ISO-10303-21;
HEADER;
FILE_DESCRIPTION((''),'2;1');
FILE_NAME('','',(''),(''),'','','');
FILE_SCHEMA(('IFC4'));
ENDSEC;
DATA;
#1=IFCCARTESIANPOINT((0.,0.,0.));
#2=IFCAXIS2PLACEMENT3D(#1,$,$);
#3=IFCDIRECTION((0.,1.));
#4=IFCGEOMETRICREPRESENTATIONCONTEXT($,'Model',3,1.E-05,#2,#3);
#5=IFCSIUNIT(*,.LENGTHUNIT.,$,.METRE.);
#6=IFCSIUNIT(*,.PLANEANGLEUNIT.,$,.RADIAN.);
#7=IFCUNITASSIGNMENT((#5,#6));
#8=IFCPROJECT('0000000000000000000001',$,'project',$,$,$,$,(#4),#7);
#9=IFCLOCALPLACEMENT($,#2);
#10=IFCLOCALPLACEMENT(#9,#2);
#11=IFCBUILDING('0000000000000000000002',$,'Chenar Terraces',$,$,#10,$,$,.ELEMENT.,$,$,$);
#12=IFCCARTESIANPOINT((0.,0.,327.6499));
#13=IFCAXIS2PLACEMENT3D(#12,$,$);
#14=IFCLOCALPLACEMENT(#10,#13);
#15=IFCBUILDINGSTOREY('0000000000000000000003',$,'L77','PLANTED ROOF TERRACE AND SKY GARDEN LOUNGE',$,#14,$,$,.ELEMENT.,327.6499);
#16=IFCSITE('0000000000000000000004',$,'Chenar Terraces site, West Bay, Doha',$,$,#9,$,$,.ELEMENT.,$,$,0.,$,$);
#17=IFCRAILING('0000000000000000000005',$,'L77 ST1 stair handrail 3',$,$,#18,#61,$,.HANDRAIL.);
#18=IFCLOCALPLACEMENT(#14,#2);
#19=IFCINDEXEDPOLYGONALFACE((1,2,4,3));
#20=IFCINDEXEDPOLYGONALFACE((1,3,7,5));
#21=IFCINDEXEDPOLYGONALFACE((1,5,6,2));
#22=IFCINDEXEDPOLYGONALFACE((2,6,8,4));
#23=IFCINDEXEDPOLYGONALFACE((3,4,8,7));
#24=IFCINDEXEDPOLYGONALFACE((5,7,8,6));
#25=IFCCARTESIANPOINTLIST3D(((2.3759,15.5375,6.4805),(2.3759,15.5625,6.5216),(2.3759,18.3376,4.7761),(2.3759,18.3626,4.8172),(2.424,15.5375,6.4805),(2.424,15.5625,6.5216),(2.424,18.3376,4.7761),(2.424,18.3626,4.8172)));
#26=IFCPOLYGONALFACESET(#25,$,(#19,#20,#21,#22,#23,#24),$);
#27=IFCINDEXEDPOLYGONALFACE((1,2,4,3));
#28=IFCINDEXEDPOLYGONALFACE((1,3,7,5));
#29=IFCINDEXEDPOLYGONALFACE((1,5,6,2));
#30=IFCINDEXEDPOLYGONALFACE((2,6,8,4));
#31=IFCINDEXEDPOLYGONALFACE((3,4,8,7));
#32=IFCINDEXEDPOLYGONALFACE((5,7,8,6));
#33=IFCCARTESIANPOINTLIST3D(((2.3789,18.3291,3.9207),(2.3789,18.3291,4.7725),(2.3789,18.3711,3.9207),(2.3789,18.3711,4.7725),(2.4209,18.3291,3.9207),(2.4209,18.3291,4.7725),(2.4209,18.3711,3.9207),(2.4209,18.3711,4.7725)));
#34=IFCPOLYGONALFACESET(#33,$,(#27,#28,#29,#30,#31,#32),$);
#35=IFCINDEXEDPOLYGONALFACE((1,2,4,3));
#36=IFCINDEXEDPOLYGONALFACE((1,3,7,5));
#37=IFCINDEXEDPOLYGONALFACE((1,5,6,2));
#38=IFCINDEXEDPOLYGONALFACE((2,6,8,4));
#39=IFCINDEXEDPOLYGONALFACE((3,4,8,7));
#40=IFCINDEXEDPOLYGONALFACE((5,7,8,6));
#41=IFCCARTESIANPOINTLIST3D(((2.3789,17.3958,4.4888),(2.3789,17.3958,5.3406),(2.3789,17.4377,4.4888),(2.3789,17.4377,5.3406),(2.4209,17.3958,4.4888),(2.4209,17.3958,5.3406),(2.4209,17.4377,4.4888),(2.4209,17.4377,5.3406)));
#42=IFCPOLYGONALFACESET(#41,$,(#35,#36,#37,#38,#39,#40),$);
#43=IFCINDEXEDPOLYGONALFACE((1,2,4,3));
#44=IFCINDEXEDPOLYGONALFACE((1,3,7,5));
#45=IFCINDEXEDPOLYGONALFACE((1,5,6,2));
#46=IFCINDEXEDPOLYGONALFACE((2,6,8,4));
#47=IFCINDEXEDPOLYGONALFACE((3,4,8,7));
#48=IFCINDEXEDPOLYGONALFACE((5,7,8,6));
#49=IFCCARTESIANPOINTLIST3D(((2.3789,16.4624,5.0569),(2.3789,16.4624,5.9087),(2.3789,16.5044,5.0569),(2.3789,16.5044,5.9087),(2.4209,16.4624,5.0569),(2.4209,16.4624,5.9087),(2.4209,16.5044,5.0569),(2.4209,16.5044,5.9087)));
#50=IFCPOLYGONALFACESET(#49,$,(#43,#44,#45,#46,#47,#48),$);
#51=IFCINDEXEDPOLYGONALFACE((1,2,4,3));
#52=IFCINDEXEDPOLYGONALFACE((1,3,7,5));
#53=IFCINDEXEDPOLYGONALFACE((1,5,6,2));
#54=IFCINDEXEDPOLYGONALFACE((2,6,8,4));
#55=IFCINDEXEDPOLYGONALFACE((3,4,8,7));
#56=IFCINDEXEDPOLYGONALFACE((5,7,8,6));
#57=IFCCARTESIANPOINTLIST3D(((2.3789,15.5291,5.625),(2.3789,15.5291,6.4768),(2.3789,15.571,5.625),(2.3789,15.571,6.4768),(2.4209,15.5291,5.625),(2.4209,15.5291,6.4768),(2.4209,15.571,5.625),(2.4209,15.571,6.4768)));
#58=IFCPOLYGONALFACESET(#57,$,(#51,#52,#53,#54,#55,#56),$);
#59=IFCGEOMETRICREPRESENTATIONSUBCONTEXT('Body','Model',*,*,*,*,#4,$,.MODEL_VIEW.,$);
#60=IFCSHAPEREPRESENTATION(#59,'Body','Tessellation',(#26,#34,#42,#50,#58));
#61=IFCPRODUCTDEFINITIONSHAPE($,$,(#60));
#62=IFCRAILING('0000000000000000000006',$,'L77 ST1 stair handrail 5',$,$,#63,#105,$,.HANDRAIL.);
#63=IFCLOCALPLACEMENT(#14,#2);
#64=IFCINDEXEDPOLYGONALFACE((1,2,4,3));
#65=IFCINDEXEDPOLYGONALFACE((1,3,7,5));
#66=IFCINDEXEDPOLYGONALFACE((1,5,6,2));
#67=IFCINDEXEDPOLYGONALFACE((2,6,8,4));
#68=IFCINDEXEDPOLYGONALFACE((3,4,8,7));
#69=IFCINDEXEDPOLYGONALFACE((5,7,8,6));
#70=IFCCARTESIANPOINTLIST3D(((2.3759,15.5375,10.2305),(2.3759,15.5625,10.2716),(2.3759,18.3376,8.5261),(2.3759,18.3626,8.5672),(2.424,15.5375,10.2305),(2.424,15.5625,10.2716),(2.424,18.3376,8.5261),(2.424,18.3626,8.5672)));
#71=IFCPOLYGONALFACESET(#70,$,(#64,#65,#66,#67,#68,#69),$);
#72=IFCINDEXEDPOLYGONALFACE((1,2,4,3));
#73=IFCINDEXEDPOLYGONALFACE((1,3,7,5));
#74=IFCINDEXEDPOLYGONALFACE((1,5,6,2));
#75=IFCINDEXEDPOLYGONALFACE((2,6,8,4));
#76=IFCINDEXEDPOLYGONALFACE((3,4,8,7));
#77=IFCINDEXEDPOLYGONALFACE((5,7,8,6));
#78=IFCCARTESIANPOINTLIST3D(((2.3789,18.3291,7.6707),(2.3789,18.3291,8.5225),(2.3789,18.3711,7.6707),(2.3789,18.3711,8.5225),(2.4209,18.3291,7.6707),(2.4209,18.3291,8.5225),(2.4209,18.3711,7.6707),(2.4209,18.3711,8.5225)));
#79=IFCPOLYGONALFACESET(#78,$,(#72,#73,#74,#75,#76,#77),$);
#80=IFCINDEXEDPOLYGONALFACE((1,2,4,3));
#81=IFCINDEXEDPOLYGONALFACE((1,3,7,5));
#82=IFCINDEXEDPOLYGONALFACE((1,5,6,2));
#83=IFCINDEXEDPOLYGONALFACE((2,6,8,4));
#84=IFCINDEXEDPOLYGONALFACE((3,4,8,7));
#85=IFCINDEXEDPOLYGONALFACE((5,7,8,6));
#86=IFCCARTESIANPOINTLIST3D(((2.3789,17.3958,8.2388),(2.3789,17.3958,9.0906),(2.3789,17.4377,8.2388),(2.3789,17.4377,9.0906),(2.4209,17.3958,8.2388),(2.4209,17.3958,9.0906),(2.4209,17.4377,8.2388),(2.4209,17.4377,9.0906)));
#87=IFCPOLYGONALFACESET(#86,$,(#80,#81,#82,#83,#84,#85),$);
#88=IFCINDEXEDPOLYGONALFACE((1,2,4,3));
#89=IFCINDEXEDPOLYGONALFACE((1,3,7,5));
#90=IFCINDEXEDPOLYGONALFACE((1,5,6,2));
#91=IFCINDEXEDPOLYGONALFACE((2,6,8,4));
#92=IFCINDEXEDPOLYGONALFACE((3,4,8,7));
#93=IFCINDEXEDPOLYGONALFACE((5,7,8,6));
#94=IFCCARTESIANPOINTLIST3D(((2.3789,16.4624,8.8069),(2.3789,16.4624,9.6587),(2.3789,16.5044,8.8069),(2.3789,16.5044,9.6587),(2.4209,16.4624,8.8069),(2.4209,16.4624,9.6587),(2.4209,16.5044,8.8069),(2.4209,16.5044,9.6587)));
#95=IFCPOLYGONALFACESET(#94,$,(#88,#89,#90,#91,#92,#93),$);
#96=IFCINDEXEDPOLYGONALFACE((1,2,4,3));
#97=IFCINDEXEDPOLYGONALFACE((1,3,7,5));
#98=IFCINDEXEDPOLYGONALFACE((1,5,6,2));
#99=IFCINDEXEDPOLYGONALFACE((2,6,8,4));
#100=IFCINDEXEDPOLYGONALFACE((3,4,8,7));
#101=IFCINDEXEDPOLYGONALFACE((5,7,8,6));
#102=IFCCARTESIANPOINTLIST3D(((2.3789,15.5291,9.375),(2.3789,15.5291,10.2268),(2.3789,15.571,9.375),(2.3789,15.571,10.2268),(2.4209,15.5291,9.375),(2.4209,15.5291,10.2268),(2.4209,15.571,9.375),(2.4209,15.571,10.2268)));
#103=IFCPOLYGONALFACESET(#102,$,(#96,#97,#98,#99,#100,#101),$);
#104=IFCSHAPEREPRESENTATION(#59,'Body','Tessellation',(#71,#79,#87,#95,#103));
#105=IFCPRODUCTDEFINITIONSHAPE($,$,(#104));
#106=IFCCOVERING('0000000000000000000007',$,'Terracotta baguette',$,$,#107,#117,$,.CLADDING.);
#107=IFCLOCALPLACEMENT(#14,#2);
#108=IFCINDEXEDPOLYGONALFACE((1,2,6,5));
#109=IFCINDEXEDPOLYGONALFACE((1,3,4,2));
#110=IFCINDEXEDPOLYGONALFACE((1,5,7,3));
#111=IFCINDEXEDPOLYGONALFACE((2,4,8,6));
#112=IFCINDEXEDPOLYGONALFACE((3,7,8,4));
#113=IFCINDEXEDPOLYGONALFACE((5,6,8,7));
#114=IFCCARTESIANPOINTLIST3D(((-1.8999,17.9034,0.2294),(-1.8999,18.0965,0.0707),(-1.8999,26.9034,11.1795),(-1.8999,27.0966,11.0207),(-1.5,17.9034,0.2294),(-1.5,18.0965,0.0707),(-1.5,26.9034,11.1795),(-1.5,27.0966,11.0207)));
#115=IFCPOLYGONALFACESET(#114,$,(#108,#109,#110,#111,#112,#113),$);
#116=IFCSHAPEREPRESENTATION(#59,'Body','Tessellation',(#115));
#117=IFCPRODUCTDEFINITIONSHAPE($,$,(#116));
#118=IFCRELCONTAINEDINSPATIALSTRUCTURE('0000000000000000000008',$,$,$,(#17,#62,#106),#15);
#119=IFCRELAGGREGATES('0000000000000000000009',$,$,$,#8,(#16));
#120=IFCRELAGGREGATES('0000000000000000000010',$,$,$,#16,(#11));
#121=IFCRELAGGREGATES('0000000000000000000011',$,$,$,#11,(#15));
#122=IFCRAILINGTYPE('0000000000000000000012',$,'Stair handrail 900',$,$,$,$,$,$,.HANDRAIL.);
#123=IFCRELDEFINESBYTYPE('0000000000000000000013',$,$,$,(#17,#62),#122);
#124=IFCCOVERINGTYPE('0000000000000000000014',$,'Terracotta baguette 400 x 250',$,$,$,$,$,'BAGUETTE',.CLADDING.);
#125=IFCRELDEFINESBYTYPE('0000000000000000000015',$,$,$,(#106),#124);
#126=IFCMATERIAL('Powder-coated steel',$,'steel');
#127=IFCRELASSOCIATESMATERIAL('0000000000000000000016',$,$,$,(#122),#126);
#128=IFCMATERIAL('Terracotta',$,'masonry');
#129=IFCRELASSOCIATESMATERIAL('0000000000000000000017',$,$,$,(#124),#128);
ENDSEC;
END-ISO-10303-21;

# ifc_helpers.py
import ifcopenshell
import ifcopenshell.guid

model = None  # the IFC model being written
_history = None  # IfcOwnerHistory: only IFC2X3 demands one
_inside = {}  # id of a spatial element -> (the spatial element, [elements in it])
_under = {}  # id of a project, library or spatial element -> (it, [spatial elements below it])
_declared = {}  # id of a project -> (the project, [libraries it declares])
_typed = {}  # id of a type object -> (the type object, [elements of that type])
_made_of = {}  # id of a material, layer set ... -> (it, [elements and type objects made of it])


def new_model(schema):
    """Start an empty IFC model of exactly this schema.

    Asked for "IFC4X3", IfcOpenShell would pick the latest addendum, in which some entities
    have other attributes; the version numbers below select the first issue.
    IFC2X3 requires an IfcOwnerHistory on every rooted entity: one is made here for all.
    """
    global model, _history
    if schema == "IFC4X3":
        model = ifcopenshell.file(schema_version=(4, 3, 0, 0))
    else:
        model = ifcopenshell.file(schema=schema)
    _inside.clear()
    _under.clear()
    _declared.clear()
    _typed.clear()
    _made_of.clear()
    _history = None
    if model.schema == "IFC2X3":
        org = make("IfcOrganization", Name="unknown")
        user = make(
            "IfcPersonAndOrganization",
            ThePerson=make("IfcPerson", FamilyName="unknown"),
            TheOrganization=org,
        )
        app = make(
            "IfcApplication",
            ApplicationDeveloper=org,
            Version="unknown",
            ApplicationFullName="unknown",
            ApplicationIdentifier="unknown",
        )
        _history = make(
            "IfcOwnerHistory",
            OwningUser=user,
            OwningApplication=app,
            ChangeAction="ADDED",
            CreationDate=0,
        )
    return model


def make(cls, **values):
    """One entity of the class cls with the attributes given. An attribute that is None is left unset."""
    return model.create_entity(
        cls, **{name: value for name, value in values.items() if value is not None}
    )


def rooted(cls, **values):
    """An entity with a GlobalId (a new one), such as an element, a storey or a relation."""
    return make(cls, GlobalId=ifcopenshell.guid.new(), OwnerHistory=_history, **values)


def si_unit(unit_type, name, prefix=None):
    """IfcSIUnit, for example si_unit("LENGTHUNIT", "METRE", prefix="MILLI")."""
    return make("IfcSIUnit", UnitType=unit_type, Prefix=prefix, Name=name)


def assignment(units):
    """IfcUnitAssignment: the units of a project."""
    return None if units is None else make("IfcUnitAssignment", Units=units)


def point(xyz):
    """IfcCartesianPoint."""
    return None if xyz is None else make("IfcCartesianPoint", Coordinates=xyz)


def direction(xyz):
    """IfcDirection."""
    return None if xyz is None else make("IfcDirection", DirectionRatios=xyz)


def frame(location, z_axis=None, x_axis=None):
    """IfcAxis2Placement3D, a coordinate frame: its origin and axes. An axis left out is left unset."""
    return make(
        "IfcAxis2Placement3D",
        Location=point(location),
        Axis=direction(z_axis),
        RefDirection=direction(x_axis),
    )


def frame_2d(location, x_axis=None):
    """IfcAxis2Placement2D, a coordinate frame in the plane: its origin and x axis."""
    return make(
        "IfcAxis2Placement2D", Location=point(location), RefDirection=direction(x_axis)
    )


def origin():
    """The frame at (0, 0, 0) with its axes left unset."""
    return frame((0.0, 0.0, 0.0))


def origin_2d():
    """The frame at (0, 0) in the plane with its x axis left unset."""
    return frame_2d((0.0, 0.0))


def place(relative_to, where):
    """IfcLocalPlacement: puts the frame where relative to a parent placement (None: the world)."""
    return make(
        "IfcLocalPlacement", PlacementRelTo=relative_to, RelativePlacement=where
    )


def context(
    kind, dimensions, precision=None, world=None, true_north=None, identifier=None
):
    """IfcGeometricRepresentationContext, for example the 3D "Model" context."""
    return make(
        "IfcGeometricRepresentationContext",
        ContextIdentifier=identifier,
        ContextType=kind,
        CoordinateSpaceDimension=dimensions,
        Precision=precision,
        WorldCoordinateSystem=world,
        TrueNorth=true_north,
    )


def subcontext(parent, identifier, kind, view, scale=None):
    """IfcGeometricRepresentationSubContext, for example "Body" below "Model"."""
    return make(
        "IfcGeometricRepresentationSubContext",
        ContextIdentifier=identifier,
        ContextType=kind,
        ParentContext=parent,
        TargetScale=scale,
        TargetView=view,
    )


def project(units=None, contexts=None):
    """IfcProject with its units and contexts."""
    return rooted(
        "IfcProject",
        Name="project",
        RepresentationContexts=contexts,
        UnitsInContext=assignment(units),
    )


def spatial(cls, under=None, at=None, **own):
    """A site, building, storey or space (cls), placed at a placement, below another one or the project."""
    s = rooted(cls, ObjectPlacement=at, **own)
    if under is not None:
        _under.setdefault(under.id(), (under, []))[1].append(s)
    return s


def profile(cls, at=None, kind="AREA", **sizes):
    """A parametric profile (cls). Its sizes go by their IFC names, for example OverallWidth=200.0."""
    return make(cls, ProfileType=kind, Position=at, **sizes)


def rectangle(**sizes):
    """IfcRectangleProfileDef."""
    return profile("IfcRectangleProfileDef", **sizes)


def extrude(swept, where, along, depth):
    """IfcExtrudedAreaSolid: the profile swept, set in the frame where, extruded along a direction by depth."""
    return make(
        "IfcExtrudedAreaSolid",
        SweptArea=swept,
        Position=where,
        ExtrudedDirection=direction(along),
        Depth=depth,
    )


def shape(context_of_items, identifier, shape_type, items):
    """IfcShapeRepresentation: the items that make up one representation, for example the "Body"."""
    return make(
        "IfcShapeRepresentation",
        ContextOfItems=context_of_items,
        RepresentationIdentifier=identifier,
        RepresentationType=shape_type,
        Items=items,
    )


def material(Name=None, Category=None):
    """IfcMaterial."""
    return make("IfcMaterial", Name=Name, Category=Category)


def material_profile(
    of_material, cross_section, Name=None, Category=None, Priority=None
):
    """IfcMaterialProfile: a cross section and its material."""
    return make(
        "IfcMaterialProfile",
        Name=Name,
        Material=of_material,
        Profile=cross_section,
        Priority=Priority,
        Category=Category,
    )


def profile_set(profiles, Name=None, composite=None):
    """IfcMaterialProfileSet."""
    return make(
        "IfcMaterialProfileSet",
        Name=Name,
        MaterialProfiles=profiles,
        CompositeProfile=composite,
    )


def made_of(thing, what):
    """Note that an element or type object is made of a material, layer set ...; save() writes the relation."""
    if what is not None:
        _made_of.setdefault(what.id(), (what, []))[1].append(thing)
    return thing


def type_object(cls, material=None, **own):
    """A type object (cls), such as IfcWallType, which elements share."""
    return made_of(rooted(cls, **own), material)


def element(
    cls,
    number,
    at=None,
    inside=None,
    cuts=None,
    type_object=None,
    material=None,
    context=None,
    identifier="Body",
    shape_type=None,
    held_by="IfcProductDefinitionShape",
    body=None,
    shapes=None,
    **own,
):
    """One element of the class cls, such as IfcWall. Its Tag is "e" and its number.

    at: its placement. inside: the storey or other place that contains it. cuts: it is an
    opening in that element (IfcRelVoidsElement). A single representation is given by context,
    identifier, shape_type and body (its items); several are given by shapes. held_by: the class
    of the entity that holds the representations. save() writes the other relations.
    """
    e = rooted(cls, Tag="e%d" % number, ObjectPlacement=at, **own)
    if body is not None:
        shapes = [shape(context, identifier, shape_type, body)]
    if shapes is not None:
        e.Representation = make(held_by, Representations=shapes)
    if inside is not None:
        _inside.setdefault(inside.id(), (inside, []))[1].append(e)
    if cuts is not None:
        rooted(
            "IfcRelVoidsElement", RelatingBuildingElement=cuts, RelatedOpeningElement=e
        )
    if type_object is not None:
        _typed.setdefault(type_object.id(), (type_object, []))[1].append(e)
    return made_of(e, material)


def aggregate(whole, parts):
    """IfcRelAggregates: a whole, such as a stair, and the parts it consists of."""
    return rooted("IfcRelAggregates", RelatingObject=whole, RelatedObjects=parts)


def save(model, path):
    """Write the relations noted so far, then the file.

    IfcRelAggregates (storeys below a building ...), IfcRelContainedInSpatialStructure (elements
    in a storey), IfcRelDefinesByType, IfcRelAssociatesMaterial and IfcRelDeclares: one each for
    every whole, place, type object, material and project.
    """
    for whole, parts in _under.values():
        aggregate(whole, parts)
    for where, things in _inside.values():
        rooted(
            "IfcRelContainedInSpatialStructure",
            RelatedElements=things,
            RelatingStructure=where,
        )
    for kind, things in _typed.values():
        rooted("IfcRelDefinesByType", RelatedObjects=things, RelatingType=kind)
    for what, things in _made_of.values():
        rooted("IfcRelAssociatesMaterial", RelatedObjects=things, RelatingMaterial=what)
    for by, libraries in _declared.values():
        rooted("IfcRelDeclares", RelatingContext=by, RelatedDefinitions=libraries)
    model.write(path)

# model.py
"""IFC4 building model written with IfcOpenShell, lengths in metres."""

from ifc_helpers import new_model, si_unit, direction, frame, origin, origin_2d, place, context, subcontext, project, spatial, rectangle, extrude, material, material_profile, profile_set, type_object, element, save


model = new_model("IFC4")

# Units and contexts
model_context = context("Model", 3, precision=1e-05, world=origin(), true_north=direction((0.0, 1.0)))
body_context = subcontext(model_context, "Body", "Model", "MODEL_VIEW")
ifc_project = project(units=[si_unit("LENGTHUNIT", "METRE"), si_unit("PLANEANGLEUNIT", "RADIAN")], contexts=[model_context])

# Site, building, storey
site_placement = place(None, origin())
site = spatial("IfcSite", under=ifc_project, at=site_placement, Name="Chenar Terraces site, West Bay, Doha", CompositionType="ELEMENT", RefElevation=0.0)
building_placement = place(site_placement, origin())
building = spatial("IfcBuilding", under=site, at=building_placement, Name="Chenar Terraces", CompositionType="ELEMENT")
storey_placement = place(building_placement, frame((0.0, 0.0, 327.6499)))
storey = spatial("IfcBuildingStorey", under=building, at=storey_placement, Name="L77", Description="PLANTED ROOF TERRACE AND SKY GARDEN LOUNGE", CompositionType="ELEMENT", Elevation=327.6499)

# Railings
ifc_material_1 = material(Name="Powder-coated steel", Category="steel")
railing_type_1 = type_object("IfcRailingType", Name="Stair handrail 900", PredefinedType="HANDRAIL", material=ifc_material_1)
for number, where, name in (
    (1, (2.3999, 18.3501, 3.9207), "L77 ST1 stair handrail 3"),
    (2, (2.3999, 18.3501, 7.6707), "L77 ST1 stair handrail 5"),
):
    element("IfcRailing", number, at=place(storey_placement, frame(where)), inside=storey, type_object=railing_type_1, Name=name, PredefinedType="HANDRAIL", context=body_context, shape_type="SweptSolid", body=[
        extrude(rectangle(XDim=0.0481, YDim=0.0481, at=origin_2d()), frame((0.0, 0.0, 0.876), z_axis=(0.0, -0.854203, 0.51994), x_axis=(1.0, 0.0, 0.0)), (0.0, 0.0, 1.0), 3.2781),
        extrude(rectangle(XDim=0.042, YDim=0.042, at=origin_2d()), origin(), (0.0, 0.0, 1.0), 0.8518),
        extrude(rectangle(XDim=0.042, YDim=0.042, at=origin_2d()), frame((0.0, -0.9333, 0.5681)), (0.0, 0.0, 1.0), 0.8518),
        extrude(rectangle(XDim=0.042, YDim=0.042, at=origin_2d()), frame((0.0, -1.8667, 1.1362)), (0.0, 0.0, 1.0), 0.8518),
        extrude(rectangle(XDim=0.042, YDim=0.042, at=origin_2d()), frame((0.0, -2.8, 1.7043)), (0.0, 0.0, 1.0), 0.8518),
    ])

# Covering
ifc_material_2 = material(Name="Terracotta", Category="masonry")
ifc_material_profile_1 = material_profile(ifc_material_2, rectangle(XDim=0.3999, YDim=0.25, at=origin_2d()), Name="Terracotta baguette 400 x 250")
ifc_profile_set_1 = profile_set([ifc_material_profile_1], Name="Terracotta")
covering_type = type_object("IfcCoveringType", Name="Terracotta baguette 400 x 250", ElementType="BAGUETTE", PredefinedType="CLADDING", material=ifc_profile_set_1)
covering_placement = place(storey_placement, frame((-1.7, 27.0, 11.1001), z_axis=(0.0, -0.634967, -0.772539), x_axis=(1.0, 0.0, 0.0)))
element("IfcCovering", 3, at=covering_placement, inside=storey, type_object=covering_type, Name="Terracotta baguette", PredefinedType="CLADDING", context=body_context, shape_type="SweptSolid", body=[
    extrude(rectangle(XDim=0.3999, YDim=0.25, at=origin_2d()), origin(), (0.0, 0.0, 1.0), 14.1741),
])

save(model, "model.ifc")
